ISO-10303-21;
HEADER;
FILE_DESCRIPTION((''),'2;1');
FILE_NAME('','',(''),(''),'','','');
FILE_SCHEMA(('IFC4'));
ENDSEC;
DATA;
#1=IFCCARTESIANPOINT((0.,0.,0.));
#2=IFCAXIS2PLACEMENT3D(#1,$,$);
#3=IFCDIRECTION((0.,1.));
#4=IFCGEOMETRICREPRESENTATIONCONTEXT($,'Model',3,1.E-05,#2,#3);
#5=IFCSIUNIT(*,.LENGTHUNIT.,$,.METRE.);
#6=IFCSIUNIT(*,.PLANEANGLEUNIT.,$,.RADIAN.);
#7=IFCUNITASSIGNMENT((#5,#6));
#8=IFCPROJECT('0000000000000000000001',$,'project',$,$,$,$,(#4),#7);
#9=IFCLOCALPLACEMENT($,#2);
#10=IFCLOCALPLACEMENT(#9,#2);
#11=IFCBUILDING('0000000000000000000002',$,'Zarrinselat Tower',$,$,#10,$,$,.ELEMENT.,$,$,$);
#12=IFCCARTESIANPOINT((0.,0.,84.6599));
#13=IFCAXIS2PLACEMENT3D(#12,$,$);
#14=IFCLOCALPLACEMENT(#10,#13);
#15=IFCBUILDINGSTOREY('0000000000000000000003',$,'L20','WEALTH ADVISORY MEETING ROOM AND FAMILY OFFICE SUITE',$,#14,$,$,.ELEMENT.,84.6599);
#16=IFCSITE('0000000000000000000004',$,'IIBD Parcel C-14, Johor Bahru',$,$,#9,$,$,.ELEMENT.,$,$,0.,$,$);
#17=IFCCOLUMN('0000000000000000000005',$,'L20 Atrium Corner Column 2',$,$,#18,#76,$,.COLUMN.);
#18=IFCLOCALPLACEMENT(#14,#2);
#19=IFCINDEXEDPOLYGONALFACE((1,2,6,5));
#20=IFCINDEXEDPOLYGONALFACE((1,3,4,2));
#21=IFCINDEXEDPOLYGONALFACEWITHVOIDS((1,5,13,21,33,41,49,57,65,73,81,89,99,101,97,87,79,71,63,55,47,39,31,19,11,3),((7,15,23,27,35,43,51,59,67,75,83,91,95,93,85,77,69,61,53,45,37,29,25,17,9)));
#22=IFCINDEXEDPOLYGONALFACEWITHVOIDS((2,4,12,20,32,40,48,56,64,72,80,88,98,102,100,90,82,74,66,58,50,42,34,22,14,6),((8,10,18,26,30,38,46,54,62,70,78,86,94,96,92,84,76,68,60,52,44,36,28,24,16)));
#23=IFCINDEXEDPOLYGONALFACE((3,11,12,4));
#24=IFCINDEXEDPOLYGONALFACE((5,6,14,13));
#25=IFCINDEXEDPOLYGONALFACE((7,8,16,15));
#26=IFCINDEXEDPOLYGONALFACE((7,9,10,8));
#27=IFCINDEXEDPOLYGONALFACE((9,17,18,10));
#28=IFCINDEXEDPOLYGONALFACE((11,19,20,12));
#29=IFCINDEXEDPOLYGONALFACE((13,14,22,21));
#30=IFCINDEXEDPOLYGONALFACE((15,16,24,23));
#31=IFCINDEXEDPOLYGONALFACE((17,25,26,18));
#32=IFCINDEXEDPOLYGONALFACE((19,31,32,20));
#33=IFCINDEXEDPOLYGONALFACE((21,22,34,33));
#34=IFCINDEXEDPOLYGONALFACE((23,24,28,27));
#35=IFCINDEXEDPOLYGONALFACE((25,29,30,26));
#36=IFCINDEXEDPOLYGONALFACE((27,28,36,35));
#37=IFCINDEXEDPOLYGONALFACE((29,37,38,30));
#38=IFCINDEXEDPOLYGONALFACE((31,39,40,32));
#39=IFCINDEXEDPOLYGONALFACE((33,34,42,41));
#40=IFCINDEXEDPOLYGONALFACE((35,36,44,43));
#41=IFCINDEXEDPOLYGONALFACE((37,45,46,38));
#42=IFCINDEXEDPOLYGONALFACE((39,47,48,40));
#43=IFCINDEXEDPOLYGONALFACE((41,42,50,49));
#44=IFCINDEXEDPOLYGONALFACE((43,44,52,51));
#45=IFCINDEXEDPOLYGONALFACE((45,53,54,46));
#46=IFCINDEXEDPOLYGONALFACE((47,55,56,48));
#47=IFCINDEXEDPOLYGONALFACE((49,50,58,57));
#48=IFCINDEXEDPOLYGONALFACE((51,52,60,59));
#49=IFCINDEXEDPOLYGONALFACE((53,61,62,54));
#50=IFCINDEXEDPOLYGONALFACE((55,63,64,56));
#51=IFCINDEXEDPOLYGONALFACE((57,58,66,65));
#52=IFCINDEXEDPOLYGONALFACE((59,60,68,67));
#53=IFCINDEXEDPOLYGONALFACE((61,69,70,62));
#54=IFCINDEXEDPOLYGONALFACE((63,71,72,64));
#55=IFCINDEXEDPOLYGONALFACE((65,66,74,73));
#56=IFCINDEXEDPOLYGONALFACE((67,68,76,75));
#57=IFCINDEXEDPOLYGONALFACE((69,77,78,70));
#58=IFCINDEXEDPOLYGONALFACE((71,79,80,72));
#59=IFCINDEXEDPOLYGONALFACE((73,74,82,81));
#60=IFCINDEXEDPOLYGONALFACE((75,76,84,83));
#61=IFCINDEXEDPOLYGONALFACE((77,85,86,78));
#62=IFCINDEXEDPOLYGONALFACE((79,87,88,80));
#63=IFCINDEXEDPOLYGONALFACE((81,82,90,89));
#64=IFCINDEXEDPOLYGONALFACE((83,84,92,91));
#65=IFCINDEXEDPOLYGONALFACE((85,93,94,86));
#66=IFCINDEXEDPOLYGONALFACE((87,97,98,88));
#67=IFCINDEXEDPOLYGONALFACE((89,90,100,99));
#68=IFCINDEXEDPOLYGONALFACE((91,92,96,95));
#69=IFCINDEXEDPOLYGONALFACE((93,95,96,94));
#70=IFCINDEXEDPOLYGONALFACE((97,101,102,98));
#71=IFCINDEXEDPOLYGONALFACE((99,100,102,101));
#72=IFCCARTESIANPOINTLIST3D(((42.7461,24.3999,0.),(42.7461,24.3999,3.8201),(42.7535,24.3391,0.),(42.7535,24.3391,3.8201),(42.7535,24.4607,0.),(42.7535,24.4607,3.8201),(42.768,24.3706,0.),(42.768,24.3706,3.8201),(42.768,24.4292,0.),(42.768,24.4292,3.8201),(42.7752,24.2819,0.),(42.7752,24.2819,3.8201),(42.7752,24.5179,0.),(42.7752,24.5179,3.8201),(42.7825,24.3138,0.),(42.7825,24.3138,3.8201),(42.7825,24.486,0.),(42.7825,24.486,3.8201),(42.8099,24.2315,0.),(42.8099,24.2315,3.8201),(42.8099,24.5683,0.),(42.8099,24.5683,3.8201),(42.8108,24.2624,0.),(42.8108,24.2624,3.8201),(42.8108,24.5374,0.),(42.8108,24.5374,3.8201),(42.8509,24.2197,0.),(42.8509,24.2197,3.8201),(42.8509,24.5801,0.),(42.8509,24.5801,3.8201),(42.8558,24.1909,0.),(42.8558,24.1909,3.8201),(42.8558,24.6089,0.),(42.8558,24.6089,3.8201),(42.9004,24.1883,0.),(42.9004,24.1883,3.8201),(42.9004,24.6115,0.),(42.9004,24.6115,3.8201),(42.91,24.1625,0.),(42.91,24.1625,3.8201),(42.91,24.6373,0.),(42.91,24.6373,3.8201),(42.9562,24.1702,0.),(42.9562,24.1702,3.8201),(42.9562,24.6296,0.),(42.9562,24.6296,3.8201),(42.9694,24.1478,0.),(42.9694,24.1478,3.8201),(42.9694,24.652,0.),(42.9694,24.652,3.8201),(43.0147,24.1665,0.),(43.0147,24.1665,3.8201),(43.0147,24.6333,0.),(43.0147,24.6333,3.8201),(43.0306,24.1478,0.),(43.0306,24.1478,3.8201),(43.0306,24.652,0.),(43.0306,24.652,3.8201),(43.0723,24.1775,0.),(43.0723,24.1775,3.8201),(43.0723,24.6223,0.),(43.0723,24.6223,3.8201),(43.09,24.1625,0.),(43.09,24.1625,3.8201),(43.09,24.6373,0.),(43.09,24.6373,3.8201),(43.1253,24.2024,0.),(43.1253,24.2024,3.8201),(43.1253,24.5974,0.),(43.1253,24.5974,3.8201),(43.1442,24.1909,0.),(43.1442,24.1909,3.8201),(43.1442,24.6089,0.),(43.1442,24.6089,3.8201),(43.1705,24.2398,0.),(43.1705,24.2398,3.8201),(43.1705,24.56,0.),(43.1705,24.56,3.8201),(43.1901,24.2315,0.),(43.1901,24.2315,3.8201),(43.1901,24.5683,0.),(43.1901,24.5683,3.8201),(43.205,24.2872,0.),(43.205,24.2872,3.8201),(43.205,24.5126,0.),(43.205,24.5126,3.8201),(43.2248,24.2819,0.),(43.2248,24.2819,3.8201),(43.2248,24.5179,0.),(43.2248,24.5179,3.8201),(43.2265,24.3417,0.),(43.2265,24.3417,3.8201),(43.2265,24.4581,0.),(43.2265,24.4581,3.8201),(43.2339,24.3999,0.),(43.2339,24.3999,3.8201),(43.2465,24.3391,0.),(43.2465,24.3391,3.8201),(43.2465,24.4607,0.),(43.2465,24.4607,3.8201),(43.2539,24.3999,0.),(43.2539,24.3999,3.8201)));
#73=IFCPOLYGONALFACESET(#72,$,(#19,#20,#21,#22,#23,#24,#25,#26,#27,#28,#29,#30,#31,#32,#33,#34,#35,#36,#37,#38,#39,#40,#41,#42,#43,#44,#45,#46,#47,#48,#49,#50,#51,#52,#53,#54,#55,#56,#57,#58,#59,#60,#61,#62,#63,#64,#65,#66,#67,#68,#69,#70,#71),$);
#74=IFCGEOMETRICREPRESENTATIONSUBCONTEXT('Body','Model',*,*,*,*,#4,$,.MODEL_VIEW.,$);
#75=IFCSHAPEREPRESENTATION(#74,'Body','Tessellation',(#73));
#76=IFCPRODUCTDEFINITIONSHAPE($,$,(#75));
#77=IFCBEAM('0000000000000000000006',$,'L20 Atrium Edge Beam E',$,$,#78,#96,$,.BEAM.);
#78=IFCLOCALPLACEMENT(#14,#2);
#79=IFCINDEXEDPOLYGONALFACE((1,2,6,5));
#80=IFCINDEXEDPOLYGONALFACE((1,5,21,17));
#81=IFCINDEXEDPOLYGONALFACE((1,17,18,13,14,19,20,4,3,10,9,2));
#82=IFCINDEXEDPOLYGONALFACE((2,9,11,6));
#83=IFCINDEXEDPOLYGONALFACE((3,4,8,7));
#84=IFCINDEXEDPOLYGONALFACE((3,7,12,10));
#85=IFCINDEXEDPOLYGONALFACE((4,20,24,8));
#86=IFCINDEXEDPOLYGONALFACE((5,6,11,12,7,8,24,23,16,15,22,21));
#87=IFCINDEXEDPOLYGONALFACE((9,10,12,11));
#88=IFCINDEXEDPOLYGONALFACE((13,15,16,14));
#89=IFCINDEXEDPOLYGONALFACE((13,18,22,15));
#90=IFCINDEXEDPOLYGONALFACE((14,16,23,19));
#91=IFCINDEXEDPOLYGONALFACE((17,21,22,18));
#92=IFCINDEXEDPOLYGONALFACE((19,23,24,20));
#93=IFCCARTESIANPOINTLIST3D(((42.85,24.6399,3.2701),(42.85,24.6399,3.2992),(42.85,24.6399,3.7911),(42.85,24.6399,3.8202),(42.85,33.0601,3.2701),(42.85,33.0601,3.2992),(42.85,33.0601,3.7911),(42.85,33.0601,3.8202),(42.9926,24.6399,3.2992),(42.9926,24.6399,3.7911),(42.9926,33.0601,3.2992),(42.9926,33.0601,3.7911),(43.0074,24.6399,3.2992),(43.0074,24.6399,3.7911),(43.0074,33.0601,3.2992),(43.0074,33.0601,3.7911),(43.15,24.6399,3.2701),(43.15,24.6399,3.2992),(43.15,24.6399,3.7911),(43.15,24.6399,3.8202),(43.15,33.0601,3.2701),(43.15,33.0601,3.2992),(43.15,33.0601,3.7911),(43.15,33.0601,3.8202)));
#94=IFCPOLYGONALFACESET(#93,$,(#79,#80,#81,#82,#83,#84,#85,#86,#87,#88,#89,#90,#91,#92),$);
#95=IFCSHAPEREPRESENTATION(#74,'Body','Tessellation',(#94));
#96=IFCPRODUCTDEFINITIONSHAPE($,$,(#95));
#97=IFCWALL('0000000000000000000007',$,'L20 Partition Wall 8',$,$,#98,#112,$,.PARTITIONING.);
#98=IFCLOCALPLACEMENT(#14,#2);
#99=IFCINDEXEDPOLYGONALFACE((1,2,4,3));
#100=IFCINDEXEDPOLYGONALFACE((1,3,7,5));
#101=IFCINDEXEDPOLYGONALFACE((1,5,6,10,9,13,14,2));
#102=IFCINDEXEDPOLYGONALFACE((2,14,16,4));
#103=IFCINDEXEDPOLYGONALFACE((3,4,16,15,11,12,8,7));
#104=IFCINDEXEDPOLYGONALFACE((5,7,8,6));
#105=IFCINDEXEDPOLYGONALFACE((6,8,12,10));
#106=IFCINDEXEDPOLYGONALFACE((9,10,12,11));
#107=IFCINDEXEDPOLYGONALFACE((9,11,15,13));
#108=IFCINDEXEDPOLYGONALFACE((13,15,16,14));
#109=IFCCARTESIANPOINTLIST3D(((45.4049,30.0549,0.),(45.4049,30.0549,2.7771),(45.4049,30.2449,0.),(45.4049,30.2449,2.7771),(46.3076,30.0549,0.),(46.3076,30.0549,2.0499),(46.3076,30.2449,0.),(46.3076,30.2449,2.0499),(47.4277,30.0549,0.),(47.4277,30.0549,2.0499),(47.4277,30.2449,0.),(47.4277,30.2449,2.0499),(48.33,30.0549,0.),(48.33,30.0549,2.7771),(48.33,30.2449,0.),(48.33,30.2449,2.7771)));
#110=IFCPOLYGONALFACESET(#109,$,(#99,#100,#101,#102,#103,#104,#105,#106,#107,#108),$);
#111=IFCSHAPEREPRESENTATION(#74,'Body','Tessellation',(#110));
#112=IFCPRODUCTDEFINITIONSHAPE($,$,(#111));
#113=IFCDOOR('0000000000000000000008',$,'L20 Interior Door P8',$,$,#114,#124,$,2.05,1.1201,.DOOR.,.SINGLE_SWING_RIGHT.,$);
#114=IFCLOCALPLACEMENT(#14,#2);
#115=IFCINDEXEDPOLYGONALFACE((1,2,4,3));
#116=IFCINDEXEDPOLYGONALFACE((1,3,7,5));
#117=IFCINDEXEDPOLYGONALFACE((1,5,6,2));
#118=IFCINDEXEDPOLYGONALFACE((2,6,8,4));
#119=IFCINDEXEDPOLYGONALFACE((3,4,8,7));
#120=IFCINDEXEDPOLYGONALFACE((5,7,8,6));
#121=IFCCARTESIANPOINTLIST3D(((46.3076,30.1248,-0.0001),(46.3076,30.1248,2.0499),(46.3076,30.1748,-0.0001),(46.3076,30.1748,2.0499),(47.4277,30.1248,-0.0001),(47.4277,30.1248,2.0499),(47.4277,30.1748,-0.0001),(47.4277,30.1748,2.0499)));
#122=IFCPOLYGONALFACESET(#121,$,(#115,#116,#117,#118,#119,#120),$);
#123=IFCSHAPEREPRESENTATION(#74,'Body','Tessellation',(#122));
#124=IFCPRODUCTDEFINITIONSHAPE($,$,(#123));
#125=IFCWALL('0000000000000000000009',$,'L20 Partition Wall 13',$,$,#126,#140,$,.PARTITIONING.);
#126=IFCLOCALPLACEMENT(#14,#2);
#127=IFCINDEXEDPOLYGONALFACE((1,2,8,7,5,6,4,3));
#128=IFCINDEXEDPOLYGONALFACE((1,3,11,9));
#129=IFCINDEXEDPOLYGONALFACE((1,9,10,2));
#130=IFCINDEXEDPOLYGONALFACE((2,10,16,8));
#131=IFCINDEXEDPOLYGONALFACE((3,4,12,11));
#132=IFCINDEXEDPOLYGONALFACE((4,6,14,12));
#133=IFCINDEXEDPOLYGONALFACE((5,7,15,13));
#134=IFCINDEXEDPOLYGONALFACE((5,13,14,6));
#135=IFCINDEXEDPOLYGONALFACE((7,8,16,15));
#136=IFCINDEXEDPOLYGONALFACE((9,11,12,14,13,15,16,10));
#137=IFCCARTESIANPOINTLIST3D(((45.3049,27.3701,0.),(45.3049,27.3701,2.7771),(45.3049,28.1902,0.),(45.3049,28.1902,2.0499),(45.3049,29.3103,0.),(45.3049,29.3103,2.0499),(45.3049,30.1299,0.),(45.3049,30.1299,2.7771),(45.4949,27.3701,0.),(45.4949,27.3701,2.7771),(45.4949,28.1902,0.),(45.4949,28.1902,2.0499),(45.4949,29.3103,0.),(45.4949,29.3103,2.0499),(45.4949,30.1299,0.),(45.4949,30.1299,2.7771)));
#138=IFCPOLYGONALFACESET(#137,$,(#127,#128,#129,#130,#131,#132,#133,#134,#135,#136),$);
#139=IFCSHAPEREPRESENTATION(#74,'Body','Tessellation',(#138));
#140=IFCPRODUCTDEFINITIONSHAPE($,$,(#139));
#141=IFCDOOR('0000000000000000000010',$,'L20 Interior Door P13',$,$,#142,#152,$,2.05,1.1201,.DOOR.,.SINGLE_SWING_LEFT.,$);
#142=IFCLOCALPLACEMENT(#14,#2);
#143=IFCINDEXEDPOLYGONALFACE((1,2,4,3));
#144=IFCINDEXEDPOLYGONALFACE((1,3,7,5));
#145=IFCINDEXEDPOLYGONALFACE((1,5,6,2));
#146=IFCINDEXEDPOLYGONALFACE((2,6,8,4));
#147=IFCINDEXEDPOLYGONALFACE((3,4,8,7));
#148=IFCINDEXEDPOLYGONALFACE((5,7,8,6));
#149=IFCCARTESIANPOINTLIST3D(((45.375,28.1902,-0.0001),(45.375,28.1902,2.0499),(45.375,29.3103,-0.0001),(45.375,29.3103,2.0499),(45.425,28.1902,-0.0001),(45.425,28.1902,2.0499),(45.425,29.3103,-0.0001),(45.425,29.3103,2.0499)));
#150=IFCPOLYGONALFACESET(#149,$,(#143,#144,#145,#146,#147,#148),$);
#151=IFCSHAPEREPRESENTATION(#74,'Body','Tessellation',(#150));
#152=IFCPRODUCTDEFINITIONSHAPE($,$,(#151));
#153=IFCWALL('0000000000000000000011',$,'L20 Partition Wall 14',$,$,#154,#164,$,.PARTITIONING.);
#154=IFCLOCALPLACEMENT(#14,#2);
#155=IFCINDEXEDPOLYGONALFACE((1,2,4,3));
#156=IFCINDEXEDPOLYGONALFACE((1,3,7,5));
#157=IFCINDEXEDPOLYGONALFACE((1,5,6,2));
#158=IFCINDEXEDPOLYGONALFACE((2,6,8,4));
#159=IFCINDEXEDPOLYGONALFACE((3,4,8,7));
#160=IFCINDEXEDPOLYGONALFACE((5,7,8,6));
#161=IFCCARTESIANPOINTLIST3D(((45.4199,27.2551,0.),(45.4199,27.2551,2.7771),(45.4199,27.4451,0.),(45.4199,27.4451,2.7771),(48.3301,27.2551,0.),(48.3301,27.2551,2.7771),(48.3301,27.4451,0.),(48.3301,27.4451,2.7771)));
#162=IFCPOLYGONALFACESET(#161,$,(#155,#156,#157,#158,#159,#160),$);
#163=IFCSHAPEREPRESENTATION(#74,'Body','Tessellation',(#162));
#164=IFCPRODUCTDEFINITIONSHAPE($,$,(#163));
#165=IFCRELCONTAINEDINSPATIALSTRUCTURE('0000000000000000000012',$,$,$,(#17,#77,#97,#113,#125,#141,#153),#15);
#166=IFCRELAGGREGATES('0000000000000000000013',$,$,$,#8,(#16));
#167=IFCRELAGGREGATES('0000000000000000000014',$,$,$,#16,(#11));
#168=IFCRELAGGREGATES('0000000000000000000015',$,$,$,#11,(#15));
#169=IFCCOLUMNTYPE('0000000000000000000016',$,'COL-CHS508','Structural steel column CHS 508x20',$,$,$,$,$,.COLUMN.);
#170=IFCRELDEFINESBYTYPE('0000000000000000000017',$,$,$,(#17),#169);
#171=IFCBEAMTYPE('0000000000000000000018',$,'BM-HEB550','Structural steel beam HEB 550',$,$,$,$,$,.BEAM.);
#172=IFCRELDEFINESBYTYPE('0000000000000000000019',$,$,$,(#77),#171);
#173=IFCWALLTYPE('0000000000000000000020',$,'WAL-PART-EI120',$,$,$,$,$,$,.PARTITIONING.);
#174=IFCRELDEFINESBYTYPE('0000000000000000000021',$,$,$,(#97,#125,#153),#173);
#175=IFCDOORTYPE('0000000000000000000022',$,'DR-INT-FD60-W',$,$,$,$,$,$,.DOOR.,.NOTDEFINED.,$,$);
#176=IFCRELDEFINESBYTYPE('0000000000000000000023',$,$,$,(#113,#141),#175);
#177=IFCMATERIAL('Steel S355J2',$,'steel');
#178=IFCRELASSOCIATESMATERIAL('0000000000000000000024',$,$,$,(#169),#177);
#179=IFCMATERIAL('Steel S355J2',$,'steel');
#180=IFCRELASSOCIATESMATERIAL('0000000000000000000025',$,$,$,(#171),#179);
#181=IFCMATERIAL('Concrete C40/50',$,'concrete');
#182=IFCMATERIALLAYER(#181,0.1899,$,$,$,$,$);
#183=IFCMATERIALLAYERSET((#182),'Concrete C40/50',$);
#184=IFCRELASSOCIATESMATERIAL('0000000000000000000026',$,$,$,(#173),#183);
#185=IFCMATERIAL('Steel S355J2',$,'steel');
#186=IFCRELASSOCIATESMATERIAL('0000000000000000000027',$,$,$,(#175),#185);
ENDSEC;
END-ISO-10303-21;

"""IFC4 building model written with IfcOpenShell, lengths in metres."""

from ifc_helpers import new_model, si_unit, direction, frame, frame_2d, origin, origin_2d, place, context, subcontext, project, spatial, rectangle, hollow_circle, i_section, extrude, material, layer, layer_set, material_profile, profile_set, type_object, element, fill, save


model = new_model("IFC4")

# Units and contexts
model_context = context("Model", 3, precision=1e-05, world=origin(), true_north=direction((0.0, 1.0)))
body_context = subcontext(model_context, "Body", "Model", "MODEL_VIEW")
ifc_project = project(units=[si_unit("LENGTHUNIT", "METRE"), si_unit("PLANEANGLEUNIT", "RADIAN")], contexts=[model_context])

# Site, building, storey
site_placement = place(None, origin())
site = spatial("IfcSite", under=ifc_project, at=site_placement, Name="IIBD Parcel C-14, Johor Bahru", CompositionType="ELEMENT", RefElevation=0.0)
building_placement = place(site_placement, origin())
building = spatial("IfcBuilding", under=site, at=building_placement, Name="Zarrinselat Tower", CompositionType="ELEMENT")
storey_placement = place(building_placement, frame((0.0, 0.0, 84.6599)))
storey = spatial("IfcBuildingStorey", under=building, at=storey_placement, Name="L20", Description="WEALTH ADVISORY MEETING ROOM AND FAMILY OFFICE SUITE", CompositionType="ELEMENT", Elevation=84.6599)

# Column
ifc_material_1 = material(Name="Steel S355J2", Category="steel")
ifc_material_profile_1 = material_profile(ifc_material_1, hollow_circle(Radius=0.2539, WallThickness=0.02, at=origin_2d()), Name="CHS 508x20")
ifc_profile_set_1 = profile_set([ifc_material_profile_1], Name="Steel S355J2")
column_type = type_object("IfcColumnType", Name="COL-CHS508", Description="Structural steel column CHS 508x20", PredefinedType="COLUMN", material=ifc_profile_set_1)
column_placement = place(storey_placement, frame((43.0, 24.3999, 0.0), z_axis=(0.0, 0.0, 1.0), x_axis=(1.0, 0.0, 0.0)))
element("IfcColumn", 1, at=column_placement, inside=storey, type_object=column_type, Name="L20 Atrium Corner Column 2", PredefinedType="COLUMN", context=body_context, shape_type="SweptSolid", body=[
    extrude(hollow_circle(Radius=0.2539, WallThickness=0.02, at=origin_2d()), origin(), (0.0, 0.0, 1.0), 3.8201),
])

# Beam
ifc_material_2 = material(Name="Steel S355J2", Category="steel")
ifc_material_profile_2 = material_profile(ifc_material_2, i_section(OverallWidth=0.3, OverallDepth=0.55, WebThickness=0.0149, FlangeThickness=0.0291, at=origin_2d()), Name="HEB 550")
ifc_profile_set_2 = profile_set([ifc_material_profile_2], Name="Steel S355J2")
beam_type = type_object("IfcBeamType", Name="BM-HEB550", Description="Structural steel beam HEB 550", PredefinedType="BEAM", material=ifc_profile_set_2)
beam_placement = place(storey_placement, frame((43.0, 24.6399, 3.5452), z_axis=(0.0, 1.0, 0.0), x_axis=(-1.0, 0.0, 0.0)))
element("IfcBeam", 2, at=beam_placement, inside=storey, type_object=beam_type, Name="L20 Atrium Edge Beam E", PredefinedType="BEAM", context=body_context, shape_type="SweptSolid", body=[
    extrude(i_section(OverallWidth=0.3, OverallDepth=0.55, WebThickness=0.0149, FlangeThickness=0.0291, at=origin_2d()), origin(), (0.0, 0.0, 1.0), 8.4202),
])

# Walls, openings, doors
ifc_material_3 = material(Name="Concrete C40/50", Category="concrete")
ifc_layer_1 = layer(ifc_material_3, 0.1899)
ifc_layer_set_1 = layer_set([ifc_layer_1], Name="Concrete C40/50")
wall_type_1 = type_object("IfcWallType", Name="WAL-PART-EI120", PredefinedType="PARTITIONING", material=ifc_layer_set_1)
wall_1_placement = place(storey_placement, frame((45.405, 30.1499, 0.0), z_axis=(0.0, 0.0, 1.0), x_axis=(1.0, 0.0, 0.0)))
wall_1 = element("IfcWall", 3, at=wall_1_placement, inside=storey, type_object=wall_type_1, Name="L20 Partition Wall 8", PredefinedType="PARTITIONING", context=body_context, shape_type="SweptSolid", body=[
    extrude(rectangle(XDim=2.925, YDim=0.1899, at=frame_2d((1.4624, 0.0))), origin(), (0.0, 0.0, 1.0), 2.7771),
])
opening_1_placement = place(wall_1_placement, frame((0.9026, 0.0, 0.0)))
opening_1 = element("IfcOpeningElement", 4, at=opening_1_placement, cuts=wall_1, PredefinedType="OPENING", context=body_context, shape_type="SweptSolid", body=[
    extrude(rectangle(XDim=1.1201, YDim=2.05, at=frame_2d((0.5601, 1.0249))), frame((0.0, 0.105, 0.0), z_axis=(0.0, -1.0, 0.0), x_axis=(1.0, 0.0, 0.0)), (0.0, 0.0, 1.0), 0.21),
])
ifc_material_4 = material(Name="Steel S355J2", Category="steel")
door_type_1 = type_object("IfcDoorType", Name="DR-INT-FD60-W", OperationType="NOTDEFINED", PredefinedType="DOOR", material=ifc_material_4)
door_1_placement = place(opening_1_placement, origin())
door_1 = element("IfcDoor", 5, at=door_1_placement, inside=storey, type_object=door_type_1, Name="L20 Interior Door P8", OperationType="SINGLE_SWING_RIGHT", OverallHeight=2.05, OverallWidth=1.1201, PredefinedType="DOOR", context=body_context, shape_type="SweptSolid", body=[
    extrude(rectangle(XDim=1.1201, YDim=2.05, at=frame_2d((0.5601, 1.0249))), frame((0.0, 0.0249, 0.0), z_axis=(0.0, -1.0, 0.0), x_axis=(1.0, 0.0, 0.0)), (0.0, 0.0, 1.0), 0.05),
])
fill(opening_1, door_1)
wall_2_placement = place(storey_placement, frame((45.3999, 27.3701, 0.0), z_axis=(0.0, 0.0, 1.0), x_axis=(0.0, 1.0, 0.0)))
wall_2 = element("IfcWall", 6, at=wall_2_placement, inside=storey, type_object=wall_type_1, Name="L20 Partition Wall 13", PredefinedType="PARTITIONING", context=body_context, shape_type="SweptSolid", body=[
    extrude(rectangle(XDim=2.7598, YDim=0.1899, at=frame_2d((1.3799, 0.0))), origin(), (0.0, 0.0, 1.0), 2.7771),
])
opening_2_placement = place(wall_2_placement, frame((0.8201, 0.0, 0.0)))
opening_2 = element("IfcOpeningElement", 7, at=opening_2_placement, cuts=wall_2, PredefinedType="OPENING", context=body_context, shape_type="SweptSolid", body=[
    extrude(rectangle(XDim=1.1201, YDim=2.05, at=frame_2d((0.5601, 1.0249))), frame((0.0, 0.105, 0.0), z_axis=(0.0, -1.0, 0.0), x_axis=(1.0, 0.0, 0.0)), (0.0, 0.0, 1.0), 0.21),
])
door_2_placement = place(opening_2_placement, origin())
door_2 = element("IfcDoor", 8, at=door_2_placement, inside=storey, type_object=door_type_1, Name="L20 Interior Door P13", OperationType="SINGLE_SWING_LEFT", OverallHeight=2.05, OverallWidth=1.1201, PredefinedType="DOOR", context=body_context, shape_type="SweptSolid", body=[
    extrude(rectangle(XDim=1.1201, YDim=2.05, at=frame_2d((0.5601, 1.0249))), frame((0.0, 0.0249, 0.0), z_axis=(0.0, -1.0, 0.0), x_axis=(1.0, 0.0, 0.0)), (0.0, 0.0, 1.0), 0.05),
])
fill(opening_2, door_2)

# Wall
wall_3_placement = place(storey_placement, frame((45.4199, 27.3501, 0.0), z_axis=(0.0, 0.0, 1.0), x_axis=(1.0, 0.0, 0.0)))
element("IfcWall", 9, at=wall_3_placement, inside=storey, type_object=wall_type_1, Name="L20 Partition Wall 14", PredefinedType="PARTITIONING", context=body_context, shape_type="SweptSolid", body=[
    extrude(rectangle(XDim=2.9102, YDim=0.1899, at=frame_2d((1.4551, 0.0))), origin(), (0.0, 0.0, 1.0), 2.7771),
])

save(model, "model.ifc")
